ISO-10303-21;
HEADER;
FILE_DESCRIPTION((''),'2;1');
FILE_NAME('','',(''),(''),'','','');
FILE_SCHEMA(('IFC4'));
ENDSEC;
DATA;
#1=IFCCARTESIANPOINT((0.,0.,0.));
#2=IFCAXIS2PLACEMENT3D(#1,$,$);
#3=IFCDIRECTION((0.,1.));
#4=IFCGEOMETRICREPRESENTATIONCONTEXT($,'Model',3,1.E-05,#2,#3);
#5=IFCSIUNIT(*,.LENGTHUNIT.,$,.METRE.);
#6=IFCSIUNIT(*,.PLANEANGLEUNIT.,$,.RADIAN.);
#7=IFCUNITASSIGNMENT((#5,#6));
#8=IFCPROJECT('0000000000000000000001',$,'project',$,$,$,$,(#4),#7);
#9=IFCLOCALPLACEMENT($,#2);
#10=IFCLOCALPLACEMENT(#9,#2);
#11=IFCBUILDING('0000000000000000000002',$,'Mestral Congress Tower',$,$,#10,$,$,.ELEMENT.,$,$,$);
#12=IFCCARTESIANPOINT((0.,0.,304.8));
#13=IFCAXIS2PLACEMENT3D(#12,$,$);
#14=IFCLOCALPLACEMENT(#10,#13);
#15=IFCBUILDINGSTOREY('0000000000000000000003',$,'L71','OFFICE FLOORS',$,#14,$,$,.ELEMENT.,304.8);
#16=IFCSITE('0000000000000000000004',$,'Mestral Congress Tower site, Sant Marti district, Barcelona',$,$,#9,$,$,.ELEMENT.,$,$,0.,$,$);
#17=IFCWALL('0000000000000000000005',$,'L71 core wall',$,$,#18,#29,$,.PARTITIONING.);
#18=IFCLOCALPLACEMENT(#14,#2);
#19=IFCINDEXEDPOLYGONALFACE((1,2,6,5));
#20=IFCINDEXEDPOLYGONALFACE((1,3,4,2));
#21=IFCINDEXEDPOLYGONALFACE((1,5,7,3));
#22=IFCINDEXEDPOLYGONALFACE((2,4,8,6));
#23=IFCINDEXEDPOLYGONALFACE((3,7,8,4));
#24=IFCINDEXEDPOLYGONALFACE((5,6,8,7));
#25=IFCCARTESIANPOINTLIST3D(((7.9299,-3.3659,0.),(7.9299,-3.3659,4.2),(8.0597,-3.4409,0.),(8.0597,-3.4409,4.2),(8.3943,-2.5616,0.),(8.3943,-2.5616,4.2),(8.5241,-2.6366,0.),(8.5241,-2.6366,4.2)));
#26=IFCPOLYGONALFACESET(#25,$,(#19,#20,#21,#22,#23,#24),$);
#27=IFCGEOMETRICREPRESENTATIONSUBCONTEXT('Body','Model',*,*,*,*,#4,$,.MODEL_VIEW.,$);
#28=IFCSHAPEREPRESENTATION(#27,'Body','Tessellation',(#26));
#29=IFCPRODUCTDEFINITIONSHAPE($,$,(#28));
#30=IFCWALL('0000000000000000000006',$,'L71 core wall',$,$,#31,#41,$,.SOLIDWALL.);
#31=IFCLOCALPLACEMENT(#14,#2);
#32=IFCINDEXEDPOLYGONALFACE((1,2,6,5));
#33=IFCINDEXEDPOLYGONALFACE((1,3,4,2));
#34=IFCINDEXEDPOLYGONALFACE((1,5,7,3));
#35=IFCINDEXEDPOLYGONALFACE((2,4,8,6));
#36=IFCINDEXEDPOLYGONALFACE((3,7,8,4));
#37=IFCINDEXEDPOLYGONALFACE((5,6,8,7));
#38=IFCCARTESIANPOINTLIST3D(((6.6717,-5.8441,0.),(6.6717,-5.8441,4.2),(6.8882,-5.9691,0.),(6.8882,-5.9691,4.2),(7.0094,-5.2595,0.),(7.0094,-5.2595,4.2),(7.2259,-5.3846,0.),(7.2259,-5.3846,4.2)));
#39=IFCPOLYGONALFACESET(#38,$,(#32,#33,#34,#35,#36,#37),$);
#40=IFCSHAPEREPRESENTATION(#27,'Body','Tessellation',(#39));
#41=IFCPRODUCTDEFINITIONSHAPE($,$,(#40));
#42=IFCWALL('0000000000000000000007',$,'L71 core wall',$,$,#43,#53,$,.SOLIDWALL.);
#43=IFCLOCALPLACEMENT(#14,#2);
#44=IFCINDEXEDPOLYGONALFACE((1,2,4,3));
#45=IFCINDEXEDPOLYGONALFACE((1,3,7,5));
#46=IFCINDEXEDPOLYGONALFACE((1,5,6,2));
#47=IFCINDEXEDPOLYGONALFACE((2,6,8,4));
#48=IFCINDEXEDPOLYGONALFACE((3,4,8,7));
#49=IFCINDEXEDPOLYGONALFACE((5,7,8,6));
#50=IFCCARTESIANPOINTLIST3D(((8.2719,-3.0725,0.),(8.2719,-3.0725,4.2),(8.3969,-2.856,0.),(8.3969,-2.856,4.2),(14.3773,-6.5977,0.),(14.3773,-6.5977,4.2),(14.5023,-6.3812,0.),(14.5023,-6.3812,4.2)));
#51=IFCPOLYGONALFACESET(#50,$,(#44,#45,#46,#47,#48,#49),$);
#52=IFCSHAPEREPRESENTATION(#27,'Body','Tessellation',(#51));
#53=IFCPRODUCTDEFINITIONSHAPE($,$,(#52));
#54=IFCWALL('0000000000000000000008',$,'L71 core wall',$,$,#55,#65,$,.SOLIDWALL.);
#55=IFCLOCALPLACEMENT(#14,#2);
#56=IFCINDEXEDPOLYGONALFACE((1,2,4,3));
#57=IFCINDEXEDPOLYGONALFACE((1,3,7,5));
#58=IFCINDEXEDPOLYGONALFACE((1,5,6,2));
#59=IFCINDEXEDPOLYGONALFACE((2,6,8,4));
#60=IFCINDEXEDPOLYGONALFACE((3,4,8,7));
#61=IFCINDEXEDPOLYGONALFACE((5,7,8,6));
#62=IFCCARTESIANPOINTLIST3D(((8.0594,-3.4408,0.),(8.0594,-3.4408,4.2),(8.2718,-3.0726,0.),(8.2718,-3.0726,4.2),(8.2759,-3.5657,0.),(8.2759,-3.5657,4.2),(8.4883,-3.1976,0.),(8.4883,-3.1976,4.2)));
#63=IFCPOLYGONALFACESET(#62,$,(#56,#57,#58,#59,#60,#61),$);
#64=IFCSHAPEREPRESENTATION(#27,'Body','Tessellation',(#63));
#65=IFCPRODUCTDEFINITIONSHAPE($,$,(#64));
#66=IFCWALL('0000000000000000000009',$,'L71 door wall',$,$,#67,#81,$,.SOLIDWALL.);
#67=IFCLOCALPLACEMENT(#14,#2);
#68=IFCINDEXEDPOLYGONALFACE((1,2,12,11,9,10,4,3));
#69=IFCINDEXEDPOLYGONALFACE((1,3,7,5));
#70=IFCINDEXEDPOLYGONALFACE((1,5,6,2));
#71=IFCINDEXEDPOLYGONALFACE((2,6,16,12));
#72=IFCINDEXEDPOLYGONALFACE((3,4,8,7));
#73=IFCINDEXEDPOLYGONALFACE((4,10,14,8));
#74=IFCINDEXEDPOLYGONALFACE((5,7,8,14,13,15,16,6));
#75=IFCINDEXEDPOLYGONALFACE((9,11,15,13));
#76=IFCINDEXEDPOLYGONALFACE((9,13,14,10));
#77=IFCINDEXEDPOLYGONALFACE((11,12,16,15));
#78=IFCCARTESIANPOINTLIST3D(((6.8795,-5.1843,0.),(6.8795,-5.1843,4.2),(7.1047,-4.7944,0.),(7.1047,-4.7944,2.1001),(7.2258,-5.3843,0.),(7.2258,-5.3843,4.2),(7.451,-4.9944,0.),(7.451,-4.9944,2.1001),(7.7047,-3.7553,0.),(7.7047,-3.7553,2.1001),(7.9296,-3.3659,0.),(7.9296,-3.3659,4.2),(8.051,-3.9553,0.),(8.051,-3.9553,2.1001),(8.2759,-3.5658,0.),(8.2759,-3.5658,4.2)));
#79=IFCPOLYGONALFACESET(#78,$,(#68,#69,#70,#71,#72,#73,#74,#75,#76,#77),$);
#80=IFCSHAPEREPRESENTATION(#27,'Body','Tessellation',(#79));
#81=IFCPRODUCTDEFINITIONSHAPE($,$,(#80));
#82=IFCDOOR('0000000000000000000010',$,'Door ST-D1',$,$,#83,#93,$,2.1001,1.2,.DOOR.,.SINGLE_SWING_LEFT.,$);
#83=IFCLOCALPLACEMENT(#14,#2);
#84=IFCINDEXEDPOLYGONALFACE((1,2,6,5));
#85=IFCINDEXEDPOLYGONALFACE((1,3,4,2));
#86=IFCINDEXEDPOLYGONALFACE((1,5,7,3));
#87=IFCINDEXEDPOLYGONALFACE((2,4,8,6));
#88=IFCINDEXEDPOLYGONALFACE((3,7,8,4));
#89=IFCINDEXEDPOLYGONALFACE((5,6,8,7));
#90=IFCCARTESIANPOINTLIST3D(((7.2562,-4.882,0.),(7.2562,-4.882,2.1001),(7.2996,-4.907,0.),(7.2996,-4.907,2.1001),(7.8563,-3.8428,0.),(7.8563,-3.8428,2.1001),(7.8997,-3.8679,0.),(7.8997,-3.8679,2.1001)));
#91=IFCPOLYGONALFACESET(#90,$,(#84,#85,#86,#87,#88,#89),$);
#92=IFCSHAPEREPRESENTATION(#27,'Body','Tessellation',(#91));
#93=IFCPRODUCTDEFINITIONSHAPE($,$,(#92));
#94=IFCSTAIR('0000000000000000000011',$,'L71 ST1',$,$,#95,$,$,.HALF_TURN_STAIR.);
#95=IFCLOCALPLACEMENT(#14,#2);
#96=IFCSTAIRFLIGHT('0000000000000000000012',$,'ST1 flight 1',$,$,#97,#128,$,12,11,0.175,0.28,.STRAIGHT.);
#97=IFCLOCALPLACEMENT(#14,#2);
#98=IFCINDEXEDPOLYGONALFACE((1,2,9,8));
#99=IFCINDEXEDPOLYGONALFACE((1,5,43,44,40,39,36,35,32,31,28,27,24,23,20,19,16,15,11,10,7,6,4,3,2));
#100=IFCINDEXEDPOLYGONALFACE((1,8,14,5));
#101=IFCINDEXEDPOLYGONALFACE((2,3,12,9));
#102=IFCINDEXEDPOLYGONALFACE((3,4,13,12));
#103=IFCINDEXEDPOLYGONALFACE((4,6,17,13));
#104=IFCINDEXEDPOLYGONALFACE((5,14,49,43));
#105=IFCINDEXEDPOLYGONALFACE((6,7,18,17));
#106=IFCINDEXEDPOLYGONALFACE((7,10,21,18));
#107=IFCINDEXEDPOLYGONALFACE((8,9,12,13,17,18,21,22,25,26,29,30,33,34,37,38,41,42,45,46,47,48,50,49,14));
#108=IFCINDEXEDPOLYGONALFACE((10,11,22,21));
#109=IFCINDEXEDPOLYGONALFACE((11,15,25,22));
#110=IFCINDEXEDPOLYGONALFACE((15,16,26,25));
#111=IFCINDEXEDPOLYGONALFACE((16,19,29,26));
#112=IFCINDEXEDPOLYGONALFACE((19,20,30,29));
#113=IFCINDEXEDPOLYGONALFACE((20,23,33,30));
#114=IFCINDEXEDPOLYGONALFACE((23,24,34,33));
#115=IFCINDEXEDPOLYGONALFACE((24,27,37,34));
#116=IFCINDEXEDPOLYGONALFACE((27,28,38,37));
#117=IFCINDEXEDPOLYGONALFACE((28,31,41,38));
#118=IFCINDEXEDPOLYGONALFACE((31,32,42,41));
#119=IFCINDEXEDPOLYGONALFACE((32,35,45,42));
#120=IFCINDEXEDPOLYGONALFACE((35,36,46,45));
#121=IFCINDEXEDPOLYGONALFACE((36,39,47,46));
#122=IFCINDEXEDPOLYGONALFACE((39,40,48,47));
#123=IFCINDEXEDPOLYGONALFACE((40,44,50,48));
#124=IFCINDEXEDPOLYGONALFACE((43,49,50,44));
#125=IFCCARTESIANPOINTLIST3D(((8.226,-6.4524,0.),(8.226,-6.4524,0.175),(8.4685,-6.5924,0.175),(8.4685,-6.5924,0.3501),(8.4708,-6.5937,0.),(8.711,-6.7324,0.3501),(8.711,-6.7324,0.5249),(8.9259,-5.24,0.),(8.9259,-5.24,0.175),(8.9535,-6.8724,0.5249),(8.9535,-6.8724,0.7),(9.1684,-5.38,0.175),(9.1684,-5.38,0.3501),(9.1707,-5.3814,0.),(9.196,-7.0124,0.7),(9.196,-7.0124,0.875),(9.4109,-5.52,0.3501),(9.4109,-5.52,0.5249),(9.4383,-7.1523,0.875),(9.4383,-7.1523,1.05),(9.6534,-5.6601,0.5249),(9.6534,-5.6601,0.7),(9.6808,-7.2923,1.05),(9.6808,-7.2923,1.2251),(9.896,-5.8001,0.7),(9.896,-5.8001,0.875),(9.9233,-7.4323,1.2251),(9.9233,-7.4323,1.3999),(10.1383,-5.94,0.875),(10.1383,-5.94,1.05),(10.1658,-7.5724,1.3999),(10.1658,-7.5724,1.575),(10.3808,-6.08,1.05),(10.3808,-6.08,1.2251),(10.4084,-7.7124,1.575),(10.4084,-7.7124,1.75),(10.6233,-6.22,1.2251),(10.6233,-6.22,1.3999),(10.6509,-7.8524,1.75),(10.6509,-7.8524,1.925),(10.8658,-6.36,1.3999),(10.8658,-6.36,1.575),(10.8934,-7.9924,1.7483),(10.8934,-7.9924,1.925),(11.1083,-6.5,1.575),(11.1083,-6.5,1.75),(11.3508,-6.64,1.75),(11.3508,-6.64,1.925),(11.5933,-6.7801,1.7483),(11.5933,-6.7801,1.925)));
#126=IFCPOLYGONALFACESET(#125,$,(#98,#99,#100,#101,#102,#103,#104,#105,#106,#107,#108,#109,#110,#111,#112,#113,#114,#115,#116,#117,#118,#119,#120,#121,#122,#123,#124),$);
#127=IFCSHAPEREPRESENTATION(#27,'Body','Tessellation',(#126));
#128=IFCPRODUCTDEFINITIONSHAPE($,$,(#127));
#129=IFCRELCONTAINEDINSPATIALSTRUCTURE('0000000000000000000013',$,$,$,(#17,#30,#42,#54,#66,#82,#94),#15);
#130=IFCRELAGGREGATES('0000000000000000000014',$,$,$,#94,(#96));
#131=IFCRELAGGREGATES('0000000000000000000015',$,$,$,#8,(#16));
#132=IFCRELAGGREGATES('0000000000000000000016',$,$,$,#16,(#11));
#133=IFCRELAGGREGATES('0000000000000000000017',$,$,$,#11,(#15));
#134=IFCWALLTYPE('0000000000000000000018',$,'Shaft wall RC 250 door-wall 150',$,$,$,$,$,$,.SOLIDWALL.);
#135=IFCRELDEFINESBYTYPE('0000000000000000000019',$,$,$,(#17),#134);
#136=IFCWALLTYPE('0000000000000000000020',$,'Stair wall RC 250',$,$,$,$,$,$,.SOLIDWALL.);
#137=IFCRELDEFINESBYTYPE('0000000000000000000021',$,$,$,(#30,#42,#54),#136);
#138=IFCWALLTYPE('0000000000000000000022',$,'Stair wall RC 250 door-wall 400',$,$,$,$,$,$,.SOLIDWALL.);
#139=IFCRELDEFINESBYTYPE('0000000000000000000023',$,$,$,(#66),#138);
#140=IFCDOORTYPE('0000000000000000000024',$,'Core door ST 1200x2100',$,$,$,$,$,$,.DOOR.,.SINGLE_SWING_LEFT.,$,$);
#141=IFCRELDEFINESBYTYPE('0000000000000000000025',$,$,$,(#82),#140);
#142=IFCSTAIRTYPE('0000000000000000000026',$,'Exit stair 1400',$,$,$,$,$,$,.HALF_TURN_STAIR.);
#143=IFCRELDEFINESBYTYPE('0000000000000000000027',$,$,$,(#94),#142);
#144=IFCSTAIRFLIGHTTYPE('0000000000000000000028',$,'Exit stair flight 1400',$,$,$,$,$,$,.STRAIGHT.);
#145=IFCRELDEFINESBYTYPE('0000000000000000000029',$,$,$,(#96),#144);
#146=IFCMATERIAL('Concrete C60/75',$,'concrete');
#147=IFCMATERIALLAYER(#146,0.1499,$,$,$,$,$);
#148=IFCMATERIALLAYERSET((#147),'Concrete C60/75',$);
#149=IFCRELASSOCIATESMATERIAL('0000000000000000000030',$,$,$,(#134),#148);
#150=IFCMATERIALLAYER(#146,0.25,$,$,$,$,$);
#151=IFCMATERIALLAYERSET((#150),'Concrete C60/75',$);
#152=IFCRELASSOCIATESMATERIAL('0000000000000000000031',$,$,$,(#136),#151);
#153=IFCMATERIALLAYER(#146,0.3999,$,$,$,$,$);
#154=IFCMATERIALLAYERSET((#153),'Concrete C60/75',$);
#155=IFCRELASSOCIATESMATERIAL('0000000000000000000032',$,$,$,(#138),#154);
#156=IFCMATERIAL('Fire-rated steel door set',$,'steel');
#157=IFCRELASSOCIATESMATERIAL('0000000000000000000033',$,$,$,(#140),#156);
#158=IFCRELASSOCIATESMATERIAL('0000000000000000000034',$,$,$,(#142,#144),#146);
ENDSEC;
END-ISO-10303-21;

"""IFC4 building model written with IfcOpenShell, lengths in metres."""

from ifc_helpers import new_model, si_unit, direction, frame, frame_2d, origin, place, context, subcontext, project, spatial, polyline, rectangle, outline, extrude, material, layer, layer_set, type_object, element, fill, aggregate, save


model = new_model("IFC4")

# Units and contexts
model_context = context("Model", 3, precision=1e-05, world=origin(), true_north=direction((0.0, 1.0)))
body_context = subcontext(model_context, "Body", "Model", "MODEL_VIEW")
ifc_project = project(units=[si_unit("LENGTHUNIT", "METRE"), si_unit("PLANEANGLEUNIT", "RADIAN")], contexts=[model_context])

# Site, building, storey
site_placement = place(None, origin())
site = spatial("IfcSite", under=ifc_project, at=site_placement, Name="Mestral Congress Tower site, Sant Marti district, Barcelona", CompositionType="ELEMENT", RefElevation=0.0)
building_placement = place(site_placement, origin())
building = spatial("IfcBuilding", under=site, at=building_placement, Name="Mestral Congress Tower", CompositionType="ELEMENT")
storey_placement = place(building_placement, frame((0.0, 0.0, 304.8)))
storey = spatial("IfcBuildingStorey", under=building, at=storey_placement, Name="L71", Description="OFFICE FLOORS", CompositionType="ELEMENT", Elevation=304.8)

# Shared definitions
ifc_material_1 = material(Name="Fire-rated steel door set", Category="steel")

# Shared definitions
ifc_material_2 = material(Name="Concrete C60/75", Category="concrete")

# Walls
ifc_layer_1 = layer(ifc_material_2, 0.1499)
ifc_layer_set_1 = layer_set([ifc_layer_1], Name="Concrete C60/75")
wall_type_1 = type_object("IfcWallType", Name="Shaft wall RC 250 door-wall 150", PredefinedType="SOLIDWALL", material=ifc_layer_set_1)
wall_1_placement = place(storey_placement, frame((8.4592, -2.5991, 0.0), z_axis=(0.0, 0.0, 1.0), x_axis=(-0.500041, -0.866002, 0.0)))
element("IfcWall", 1, at=wall_1_placement, inside=storey, type_object=wall_type_1, Name="L71 core wall", PredefinedType="PARTITIONING", context=body_context, shape_type="SweptSolid", body=[
    extrude(rectangle(XDim=0.9287, YDim=0.1499, at=frame_2d((0.4644, 0.0))), origin(), (0.0, 0.0, 1.0), 4.2),
])
ifc_layer_2 = layer(ifc_material_2, 0.25)
ifc_layer_set_2 = layer_set([ifc_layer_2], Name="Concrete C60/75")
wall_type_2 = type_object("IfcWallType", Name="Stair wall RC 250", PredefinedType="SOLIDWALL", material=ifc_layer_set_2)
wall_2_placement = place(storey_placement, frame((6.78, -5.9065, 0.0), z_axis=(0.0, 0.0, 1.0), x_axis=(0.500223, 0.865896, 0.0)))
element("IfcWall", 2, at=wall_2_placement, inside=storey, type_object=wall_type_2, Name="L71 core wall", PredefinedType="SOLIDWALL", context=body_context, shape_type="SweptSolid", body=[
    extrude(rectangle(XDim=0.675, YDim=0.25, at=frame_2d((0.3374, 0.0))), origin(), (0.0, 0.0, 1.0), 4.2),
])
wall_3_placement = place(storey_placement, frame((8.3345, -2.9644, 0.0), z_axis=(0.0, 0.0, 1.0), x_axis=(0.866016, -0.500016, 0.0)))
element("IfcWall", 3, at=wall_3_placement, inside=storey, type_object=wall_type_2, Name="L71 core wall", PredefinedType="SOLIDWALL", context=body_context, shape_type="SweptSolid", body=[
    extrude(rectangle(XDim=7.05, YDim=0.25, at=frame_2d((3.5249, 0.0))), origin(), (0.0, 0.0, 1.0), 4.2),
])
wall_4_placement = place(storey_placement, frame((8.1677, -3.5032, 0.0), z_axis=(0.0, 0.0, 1.0), x_axis=(0.499722, 0.866186, 0.0)))
element("IfcWall", 4, at=wall_4_placement, inside=storey, type_object=wall_type_2, Name="L71 core wall", PredefinedType="SOLIDWALL", context=body_context, shape_type="SweptSolid", body=[
    extrude(rectangle(XDim=0.425, YDim=0.25, at=frame_2d((0.2124, 0.0))), origin(), (0.0, 0.0, 1.0), 4.2),
])

# Wall, opening, door
ifc_layer_3 = layer(ifc_material_2, 0.3999)
ifc_layer_set_3 = layer_set([ifc_layer_3], Name="Concrete C60/75")
wall_type_3 = type_object("IfcWallType", Name="Stair wall RC 250 door-wall 400", PredefinedType="SOLIDWALL", material=ifc_layer_set_3)
wall_5_placement = place(storey_placement, frame((7.0527, -5.2842, 0.0), z_axis=(0.0, 0.0, 1.0), x_axis=(0.500078, 0.86598, 0.0)))
wall_5 = element("IfcWall", 5, at=wall_5_placement, inside=storey, type_object=wall_type_3, Name="L71 door wall", PredefinedType="SOLIDWALL", context=body_context, shape_type="SweptSolid", body=[
    extrude(rectangle(XDim=2.0999, YDim=0.3999, at=frame_2d((1.0498, 0.0))), origin(), (0.0, 0.0, 1.0), 4.2),
])
opening_1_placement = place(wall_5_placement, frame((0.45, 0.0, 0.0)))
opening_1 = element("IfcOpeningElement", 6, at=opening_1_placement, cuts=wall_5, PredefinedType="OPENING", context=body_context, shape_type="SweptSolid", body=[
    extrude(rectangle(XDim=1.2, YDim=2.1001, at=frame_2d((0.6001, 1.05))), frame((0.0, 0.21, 0.0), z_axis=(0.0, -1.0, 0.0), x_axis=(1.0, 0.0, 0.0)), (0.0, 0.0, 1.0), 0.4199),
])
door_type_1 = type_object("IfcDoorType", Name="Core door ST 1200x2100", OperationType="SINGLE_SWING_LEFT", PredefinedType="DOOR", material=ifc_material_1)
door_1_placement = place(opening_1_placement, origin())
door_1 = element("IfcDoor", 7, at=door_1_placement, inside=storey, type_object=door_type_1, Name="Door ST-D1", OperationType="SINGLE_SWING_LEFT", OverallHeight=2.1001, OverallWidth=1.2, PredefinedType="DOOR", context=body_context, shape_type="SweptSolid", body=[
    extrude(rectangle(XDim=1.2, YDim=2.1001, at=frame_2d((0.6001, 1.05))), frame((0.0, 0.0249, 0.0), z_axis=(0.0, -1.0, 0.0), x_axis=(1.0, 0.0, 0.0)), (0.0, 0.0, 1.0), 0.05),
])
fill(opening_1, door_1)

# Stair, stair flight
stair_type = type_object("IfcStairType", Name="Exit stair 1400", PredefinedType="HALF_TURN_STAIR", material=ifc_material_2)
stair_placement = place(storey_placement, origin())
stair = element("IfcStair", 8, at=stair_placement, inside=storey, type_object=stair_type, Name="L71 ST1", PredefinedType="HALF_TURN_STAIR")
stair_flight_type = type_object("IfcStairFlightType", Name="Exit stair flight 1400", PredefinedType="STRAIGHT", material=ifc_material_2)
stair_flight_placement = place(storey_placement, frame((8.5759, -5.8462, 0.0), z_axis=(0.0, 0.0, 1.0), x_axis=(0.866025, -0.5, 0.0)))
stair_flight = element("IfcStairFlight", 9, at=stair_flight_placement, type_object=stair_flight_type, Name="ST1 flight 1", NumberOfRisers=12, NumberOfTreads=11, PredefinedType="STRAIGHT", RiserHeight=0.175, TreadLength=0.28, context=body_context, shape_type="SweptSolid", body=[
    extrude(outline(polyline([(0.0, 0.0), (0.0, 0.175), (0.28, 0.175), (0.28, 0.3501), (0.5601, 0.3501), (0.5601, 0.5249), (0.8401, 0.5249), (0.8401, 0.7), (1.1201, 0.7), (1.1201, 0.875), (1.3999, 0.875), (1.3999, 1.05), (1.6799, 1.05), (1.6799, 1.2251), (1.96, 1.2251), (1.96, 1.3999), (2.24, 1.3999), (2.24, 1.575), (2.52, 1.575), (2.52, 1.75), (2.8, 1.75), (2.8, 1.925), (3.0801, 1.925), (3.0801, 2.1001), (3.0801, 1.7483), (0.2827, 0.0), (0.0, 0.0)])), frame((0.0, 0.7, 0.0), z_axis=(0.0, -1.0, 0.0), x_axis=(1.0, 0.0, 0.0)), (0.0, 0.0, 1.0), 1.3999),
])
aggregate(stair, [stair_flight])

save(model, "model.ifc")
